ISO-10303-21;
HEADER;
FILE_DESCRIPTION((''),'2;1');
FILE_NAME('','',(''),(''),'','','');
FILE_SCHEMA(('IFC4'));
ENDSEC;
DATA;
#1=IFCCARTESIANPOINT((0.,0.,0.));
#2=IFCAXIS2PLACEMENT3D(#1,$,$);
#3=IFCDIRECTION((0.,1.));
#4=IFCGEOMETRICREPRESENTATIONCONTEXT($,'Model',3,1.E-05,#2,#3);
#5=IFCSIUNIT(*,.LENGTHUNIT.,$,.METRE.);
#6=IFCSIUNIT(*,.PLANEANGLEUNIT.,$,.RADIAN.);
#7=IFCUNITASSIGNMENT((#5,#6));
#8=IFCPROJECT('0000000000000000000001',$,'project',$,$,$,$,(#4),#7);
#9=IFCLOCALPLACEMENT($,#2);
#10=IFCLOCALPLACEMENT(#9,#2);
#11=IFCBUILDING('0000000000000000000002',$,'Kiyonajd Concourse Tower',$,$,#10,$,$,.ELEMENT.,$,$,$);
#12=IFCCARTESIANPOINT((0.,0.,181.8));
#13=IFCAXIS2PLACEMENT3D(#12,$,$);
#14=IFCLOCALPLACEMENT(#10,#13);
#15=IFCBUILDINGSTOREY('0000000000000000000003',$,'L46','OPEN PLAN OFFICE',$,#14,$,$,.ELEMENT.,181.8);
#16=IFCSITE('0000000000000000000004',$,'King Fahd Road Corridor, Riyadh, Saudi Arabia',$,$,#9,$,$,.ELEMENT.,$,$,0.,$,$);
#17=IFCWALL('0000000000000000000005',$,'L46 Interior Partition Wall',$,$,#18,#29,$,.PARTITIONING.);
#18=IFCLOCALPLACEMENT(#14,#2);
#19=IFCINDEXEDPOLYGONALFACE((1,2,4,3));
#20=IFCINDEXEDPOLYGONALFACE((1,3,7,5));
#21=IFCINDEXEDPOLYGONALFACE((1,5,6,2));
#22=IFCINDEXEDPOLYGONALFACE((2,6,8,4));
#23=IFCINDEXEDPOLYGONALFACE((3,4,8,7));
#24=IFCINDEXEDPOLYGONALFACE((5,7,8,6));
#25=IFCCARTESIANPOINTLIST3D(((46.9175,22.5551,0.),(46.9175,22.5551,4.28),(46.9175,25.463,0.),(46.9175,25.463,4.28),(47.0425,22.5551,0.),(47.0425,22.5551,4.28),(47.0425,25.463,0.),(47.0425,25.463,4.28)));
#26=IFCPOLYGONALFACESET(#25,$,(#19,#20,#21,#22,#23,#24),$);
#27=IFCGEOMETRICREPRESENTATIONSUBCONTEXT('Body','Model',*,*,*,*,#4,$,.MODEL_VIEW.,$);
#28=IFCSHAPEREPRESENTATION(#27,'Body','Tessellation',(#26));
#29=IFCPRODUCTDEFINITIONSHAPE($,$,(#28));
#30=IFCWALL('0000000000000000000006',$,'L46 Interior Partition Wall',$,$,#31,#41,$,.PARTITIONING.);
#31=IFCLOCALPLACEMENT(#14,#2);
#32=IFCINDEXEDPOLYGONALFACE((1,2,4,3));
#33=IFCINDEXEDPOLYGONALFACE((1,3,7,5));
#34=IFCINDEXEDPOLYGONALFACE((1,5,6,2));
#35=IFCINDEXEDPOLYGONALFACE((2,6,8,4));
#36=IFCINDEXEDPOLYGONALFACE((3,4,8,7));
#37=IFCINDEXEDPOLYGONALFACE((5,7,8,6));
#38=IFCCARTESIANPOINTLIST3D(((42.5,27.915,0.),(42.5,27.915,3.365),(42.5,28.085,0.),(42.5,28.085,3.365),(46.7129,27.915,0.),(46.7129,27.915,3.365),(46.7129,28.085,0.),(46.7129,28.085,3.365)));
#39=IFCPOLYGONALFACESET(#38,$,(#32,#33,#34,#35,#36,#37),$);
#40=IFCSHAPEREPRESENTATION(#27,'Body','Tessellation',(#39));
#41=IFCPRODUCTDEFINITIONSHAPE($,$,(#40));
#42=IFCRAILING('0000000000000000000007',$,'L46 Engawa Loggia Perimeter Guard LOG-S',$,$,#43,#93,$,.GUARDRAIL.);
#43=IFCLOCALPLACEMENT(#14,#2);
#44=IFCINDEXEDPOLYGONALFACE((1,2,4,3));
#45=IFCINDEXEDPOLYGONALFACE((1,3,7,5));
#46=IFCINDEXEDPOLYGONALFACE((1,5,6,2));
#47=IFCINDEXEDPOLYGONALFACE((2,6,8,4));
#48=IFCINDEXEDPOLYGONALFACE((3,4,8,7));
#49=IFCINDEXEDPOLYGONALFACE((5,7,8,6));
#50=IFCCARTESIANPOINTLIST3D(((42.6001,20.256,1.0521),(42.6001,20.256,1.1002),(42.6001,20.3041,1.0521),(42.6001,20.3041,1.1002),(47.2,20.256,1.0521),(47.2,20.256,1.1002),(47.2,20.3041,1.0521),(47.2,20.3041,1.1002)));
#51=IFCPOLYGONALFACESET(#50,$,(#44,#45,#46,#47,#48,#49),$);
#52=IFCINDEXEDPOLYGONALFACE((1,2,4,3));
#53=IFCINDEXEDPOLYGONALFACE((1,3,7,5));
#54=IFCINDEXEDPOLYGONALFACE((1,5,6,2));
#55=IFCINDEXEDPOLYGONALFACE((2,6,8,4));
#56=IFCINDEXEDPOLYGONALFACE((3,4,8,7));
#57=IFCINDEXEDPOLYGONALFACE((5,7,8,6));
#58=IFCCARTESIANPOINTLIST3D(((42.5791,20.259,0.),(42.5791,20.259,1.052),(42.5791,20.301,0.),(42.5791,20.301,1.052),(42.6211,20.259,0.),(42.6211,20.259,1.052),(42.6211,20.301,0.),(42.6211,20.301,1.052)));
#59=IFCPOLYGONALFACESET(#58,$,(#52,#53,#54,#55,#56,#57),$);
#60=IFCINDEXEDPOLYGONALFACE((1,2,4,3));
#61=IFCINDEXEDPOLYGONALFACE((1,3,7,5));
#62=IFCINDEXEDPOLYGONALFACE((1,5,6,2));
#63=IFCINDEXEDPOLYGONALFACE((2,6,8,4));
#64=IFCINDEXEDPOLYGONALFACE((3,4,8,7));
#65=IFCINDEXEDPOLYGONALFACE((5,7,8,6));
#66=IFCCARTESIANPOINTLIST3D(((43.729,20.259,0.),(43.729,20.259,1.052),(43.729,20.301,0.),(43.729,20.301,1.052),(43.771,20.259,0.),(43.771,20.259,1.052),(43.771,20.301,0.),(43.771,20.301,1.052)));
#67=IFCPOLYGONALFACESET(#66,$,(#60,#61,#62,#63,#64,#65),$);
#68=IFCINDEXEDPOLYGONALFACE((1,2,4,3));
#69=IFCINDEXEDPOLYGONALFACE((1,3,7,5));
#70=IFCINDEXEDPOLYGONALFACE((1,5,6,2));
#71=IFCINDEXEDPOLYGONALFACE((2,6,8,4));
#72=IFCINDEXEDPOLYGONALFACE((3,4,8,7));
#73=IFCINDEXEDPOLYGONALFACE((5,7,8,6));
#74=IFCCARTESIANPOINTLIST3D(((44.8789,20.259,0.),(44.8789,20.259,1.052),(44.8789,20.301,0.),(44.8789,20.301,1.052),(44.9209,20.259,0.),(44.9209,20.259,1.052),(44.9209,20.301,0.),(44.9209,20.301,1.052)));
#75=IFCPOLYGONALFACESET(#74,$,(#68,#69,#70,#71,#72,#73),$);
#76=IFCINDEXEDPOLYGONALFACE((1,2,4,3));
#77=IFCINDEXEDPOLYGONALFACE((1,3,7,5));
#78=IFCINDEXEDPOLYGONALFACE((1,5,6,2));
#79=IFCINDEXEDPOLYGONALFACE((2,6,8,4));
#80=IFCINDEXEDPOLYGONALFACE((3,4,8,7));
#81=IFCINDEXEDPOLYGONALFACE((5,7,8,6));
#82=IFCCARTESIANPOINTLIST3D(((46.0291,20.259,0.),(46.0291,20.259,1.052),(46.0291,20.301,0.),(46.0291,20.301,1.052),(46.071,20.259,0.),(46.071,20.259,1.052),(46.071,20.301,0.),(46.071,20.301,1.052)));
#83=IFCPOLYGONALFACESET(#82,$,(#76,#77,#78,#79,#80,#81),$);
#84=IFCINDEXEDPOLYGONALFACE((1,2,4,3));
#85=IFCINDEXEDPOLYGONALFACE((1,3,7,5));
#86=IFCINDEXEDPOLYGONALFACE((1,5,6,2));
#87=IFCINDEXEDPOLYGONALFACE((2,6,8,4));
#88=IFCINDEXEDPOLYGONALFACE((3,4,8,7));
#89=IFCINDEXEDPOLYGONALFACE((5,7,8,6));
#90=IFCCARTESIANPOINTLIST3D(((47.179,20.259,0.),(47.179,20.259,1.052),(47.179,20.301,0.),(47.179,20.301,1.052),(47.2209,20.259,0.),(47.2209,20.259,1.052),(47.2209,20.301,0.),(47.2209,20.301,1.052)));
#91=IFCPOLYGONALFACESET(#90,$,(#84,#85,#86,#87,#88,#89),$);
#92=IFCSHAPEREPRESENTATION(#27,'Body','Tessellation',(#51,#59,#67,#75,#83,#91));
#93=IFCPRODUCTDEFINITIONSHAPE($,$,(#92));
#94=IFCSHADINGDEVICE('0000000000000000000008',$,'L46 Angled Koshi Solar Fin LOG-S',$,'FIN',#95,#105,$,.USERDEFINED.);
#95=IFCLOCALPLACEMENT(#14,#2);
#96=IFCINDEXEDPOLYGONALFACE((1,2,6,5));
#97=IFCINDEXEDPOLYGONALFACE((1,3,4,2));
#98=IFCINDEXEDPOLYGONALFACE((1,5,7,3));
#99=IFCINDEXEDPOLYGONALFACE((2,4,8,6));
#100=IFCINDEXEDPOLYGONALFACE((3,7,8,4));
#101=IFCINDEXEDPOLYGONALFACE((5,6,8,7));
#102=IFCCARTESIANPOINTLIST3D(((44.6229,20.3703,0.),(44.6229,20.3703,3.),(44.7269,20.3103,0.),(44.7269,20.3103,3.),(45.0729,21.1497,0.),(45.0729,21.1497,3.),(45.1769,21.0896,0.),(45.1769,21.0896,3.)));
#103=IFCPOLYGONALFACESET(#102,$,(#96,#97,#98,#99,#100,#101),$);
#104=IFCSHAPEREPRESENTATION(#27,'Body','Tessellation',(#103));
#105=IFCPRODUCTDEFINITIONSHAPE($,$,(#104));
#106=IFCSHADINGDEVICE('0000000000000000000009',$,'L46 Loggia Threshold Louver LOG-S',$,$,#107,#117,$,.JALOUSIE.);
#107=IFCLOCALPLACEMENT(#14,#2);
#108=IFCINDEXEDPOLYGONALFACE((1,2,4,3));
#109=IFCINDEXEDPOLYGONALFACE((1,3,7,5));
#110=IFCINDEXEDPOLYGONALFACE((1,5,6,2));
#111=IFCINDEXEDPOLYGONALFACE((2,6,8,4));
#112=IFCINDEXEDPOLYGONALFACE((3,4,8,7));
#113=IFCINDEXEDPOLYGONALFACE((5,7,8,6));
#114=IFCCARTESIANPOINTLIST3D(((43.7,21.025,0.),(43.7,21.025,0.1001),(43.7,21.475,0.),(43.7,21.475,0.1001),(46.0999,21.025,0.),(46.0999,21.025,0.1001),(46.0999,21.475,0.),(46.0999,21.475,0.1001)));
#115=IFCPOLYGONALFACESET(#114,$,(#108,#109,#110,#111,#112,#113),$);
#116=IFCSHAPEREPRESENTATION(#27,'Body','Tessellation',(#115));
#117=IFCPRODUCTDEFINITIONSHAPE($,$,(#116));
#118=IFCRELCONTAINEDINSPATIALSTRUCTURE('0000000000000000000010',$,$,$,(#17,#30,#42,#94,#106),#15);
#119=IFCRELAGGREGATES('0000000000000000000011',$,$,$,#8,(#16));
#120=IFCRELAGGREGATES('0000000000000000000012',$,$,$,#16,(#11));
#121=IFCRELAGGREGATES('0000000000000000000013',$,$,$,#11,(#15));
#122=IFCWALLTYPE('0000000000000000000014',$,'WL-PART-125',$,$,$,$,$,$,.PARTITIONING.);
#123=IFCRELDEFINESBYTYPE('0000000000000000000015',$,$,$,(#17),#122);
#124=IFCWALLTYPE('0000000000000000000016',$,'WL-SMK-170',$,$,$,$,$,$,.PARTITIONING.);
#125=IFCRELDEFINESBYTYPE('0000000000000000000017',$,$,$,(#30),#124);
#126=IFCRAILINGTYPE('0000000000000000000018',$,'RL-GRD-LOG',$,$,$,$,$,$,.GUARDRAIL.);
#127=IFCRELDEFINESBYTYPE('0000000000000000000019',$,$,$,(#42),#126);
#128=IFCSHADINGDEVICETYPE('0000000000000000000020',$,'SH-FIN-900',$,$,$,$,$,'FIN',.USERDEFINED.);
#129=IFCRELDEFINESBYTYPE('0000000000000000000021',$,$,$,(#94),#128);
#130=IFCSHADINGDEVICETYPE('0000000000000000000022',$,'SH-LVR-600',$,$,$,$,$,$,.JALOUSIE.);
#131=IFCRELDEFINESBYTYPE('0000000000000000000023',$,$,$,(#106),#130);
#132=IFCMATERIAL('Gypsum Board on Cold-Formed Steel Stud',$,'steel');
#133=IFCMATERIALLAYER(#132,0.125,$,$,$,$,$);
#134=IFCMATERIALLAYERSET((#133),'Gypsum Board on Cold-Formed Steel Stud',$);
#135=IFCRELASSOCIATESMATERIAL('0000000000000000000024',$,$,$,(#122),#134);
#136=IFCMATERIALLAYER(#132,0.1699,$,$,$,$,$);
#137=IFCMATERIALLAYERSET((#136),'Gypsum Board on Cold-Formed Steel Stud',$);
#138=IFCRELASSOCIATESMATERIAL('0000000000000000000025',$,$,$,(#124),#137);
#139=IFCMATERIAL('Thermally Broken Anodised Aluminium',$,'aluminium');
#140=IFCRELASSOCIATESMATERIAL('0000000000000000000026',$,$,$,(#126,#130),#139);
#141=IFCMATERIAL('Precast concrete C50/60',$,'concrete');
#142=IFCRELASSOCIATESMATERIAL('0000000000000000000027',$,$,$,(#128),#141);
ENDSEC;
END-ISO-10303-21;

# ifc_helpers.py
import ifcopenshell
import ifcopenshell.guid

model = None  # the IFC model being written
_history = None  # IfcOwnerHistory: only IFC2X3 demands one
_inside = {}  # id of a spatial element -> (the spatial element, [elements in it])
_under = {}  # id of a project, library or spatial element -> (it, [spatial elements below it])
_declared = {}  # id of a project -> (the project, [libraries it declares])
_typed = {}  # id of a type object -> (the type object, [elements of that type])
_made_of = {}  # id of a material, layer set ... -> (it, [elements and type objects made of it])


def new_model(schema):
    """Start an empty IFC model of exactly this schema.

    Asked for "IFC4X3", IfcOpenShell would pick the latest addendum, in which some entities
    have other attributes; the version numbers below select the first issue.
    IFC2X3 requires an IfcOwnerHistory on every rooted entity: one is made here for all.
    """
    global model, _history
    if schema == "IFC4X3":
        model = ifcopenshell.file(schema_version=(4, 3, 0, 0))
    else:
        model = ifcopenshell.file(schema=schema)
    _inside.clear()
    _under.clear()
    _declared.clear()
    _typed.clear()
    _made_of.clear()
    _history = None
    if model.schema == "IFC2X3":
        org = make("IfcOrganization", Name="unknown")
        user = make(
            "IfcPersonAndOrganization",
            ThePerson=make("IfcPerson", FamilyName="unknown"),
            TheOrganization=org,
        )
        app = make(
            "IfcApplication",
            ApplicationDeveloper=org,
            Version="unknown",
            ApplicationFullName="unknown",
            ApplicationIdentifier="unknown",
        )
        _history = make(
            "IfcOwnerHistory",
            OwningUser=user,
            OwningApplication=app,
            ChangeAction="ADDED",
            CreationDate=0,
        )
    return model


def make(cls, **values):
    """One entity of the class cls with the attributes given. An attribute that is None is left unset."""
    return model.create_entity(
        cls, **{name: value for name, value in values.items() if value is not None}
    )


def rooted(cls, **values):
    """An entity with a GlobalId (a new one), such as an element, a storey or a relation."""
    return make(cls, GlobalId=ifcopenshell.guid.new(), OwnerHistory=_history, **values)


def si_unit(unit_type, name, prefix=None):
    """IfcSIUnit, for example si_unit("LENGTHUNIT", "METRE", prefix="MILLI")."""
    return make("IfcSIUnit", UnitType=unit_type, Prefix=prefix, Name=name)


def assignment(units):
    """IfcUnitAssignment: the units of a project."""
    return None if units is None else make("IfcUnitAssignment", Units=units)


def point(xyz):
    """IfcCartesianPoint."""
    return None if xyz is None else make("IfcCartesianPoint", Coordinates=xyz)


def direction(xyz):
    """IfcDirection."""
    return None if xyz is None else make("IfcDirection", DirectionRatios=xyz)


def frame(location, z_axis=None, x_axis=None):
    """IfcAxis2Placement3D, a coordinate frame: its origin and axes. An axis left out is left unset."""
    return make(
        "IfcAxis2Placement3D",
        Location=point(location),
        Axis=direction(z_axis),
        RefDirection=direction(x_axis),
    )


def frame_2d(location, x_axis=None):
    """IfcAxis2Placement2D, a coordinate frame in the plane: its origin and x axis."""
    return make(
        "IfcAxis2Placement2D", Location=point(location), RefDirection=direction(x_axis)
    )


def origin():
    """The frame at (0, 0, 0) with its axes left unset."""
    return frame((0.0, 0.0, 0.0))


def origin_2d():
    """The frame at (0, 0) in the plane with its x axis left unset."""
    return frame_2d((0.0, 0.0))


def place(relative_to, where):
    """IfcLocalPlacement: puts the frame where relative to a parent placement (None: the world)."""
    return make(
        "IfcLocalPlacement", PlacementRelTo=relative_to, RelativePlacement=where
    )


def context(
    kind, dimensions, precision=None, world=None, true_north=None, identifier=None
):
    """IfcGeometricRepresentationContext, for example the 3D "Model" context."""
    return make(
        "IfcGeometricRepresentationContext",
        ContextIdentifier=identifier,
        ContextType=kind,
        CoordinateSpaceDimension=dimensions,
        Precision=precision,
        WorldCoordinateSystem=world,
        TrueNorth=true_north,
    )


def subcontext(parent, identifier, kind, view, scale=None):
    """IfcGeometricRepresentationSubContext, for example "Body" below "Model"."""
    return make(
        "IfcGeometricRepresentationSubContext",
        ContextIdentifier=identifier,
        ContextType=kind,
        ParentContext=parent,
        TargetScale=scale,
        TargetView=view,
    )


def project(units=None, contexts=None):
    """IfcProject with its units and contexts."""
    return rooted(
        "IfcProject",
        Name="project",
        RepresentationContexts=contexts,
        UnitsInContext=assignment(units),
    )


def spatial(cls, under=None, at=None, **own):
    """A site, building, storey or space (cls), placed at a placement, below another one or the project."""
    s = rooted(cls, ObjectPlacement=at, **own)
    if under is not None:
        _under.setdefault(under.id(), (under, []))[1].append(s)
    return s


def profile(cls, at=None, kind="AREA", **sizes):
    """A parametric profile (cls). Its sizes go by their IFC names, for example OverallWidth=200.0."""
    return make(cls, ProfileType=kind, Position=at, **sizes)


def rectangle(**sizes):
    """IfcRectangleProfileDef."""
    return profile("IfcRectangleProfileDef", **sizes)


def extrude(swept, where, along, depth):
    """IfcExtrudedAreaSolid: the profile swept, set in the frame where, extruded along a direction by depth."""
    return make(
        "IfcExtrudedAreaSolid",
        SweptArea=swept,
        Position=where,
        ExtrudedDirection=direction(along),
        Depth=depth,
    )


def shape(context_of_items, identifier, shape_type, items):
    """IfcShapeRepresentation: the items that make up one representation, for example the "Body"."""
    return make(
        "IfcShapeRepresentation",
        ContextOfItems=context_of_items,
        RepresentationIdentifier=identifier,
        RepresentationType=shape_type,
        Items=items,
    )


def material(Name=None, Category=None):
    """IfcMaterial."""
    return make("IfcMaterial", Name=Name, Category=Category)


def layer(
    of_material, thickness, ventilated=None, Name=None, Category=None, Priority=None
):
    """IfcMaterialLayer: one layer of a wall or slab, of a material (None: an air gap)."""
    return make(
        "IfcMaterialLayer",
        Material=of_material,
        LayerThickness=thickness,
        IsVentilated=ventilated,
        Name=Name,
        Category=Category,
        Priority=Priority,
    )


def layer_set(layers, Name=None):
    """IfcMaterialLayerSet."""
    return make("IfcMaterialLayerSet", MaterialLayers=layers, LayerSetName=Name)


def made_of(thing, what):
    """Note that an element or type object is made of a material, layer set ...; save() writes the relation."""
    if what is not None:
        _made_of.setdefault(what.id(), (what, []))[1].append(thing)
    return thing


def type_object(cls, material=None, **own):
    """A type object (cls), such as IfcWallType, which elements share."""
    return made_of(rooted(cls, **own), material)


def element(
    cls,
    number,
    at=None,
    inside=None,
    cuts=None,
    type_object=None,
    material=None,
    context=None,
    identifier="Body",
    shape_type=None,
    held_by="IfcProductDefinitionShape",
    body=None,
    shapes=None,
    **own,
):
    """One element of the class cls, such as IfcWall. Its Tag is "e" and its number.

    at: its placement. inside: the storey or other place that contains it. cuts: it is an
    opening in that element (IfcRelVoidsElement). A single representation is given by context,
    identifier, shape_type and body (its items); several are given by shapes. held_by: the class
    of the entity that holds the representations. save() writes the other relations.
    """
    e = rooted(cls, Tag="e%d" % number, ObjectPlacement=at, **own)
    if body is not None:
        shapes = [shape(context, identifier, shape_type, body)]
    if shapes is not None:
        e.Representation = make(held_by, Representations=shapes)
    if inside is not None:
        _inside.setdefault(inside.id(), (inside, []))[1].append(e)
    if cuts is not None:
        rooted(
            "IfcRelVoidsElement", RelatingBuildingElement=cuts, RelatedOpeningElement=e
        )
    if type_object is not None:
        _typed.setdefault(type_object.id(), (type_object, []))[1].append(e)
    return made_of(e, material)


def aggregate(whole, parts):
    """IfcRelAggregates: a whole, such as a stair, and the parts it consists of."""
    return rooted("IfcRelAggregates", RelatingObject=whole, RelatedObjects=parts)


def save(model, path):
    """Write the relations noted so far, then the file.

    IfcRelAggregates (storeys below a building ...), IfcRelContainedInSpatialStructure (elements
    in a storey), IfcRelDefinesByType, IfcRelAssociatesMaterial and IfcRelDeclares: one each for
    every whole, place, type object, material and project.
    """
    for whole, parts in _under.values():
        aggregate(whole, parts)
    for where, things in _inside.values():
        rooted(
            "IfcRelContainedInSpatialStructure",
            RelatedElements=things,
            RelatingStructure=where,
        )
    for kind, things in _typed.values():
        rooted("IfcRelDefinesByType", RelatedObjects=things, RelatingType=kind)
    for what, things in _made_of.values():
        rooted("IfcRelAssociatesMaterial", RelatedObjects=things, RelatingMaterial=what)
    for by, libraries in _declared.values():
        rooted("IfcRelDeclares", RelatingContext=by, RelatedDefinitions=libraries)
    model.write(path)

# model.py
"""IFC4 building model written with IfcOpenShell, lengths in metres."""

from ifc_helpers import new_model, si_unit, direction, frame, frame_2d, origin, origin_2d, place, context, subcontext, project, spatial, rectangle, extrude, material, layer, layer_set, type_object, element, save


model = new_model("IFC4")

# Units and contexts
model_context = context("Model", 3, precision=1e-05, world=origin(), true_north=direction((0.0, 1.0)))
body_context = subcontext(model_context, "Body", "Model", "MODEL_VIEW")
ifc_project = project(units=[si_unit("LENGTHUNIT", "METRE"), si_unit("PLANEANGLEUNIT", "RADIAN")], contexts=[model_context])

# Site, building, storey
site_placement = place(None, origin())
site = spatial("IfcSite", under=ifc_project, at=site_placement, Name="King Fahd Road Corridor, Riyadh, Saudi Arabia", CompositionType="ELEMENT", RefElevation=0.0)
building_placement = place(site_placement, origin())
building = spatial("IfcBuilding", under=site, at=building_placement, Name="Kiyonajd Concourse Tower", CompositionType="ELEMENT")
storey_placement = place(building_placement, frame((0.0, 0.0, 181.8)))
storey = spatial("IfcBuildingStorey", under=building, at=storey_placement, Name="L46", Description="OPEN PLAN OFFICE", CompositionType="ELEMENT", Elevation=181.8)

# Shared definitions
ifc_material_1 = material(Name="Thermally Broken Anodised Aluminium", Category="aluminium")

# Shared definitions
ifc_material_2 = material(Name="Precast concrete C50/60", Category="concrete")

# Walls
ifc_material_3 = material(Name="Gypsum Board on Cold-Formed Steel Stud", Category="steel")
ifc_layer_1 = layer(ifc_material_3, 0.125)
ifc_layer_set_1 = layer_set([ifc_layer_1], Name="Gypsum Board on Cold-Formed Steel Stud")
wall_type_1 = type_object("IfcWallType", Name="WL-PART-125", PredefinedType="PARTITIONING", material=ifc_layer_set_1)
wall_1_placement = place(storey_placement, frame((46.98, 22.5549, 0.0), z_axis=(0.0, 0.0, 1.0), x_axis=(0.0, 1.0, 0.0)))
element("IfcWall", 1, at=wall_1_placement, inside=storey, type_object=wall_type_1, Name="L46 Interior Partition Wall", PredefinedType="PARTITIONING", context=body_context, shape_type="SweptSolid", body=[
    extrude(rectangle(XDim=2.908, YDim=0.125, at=frame_2d((1.4541, 0.0))), origin(), (0.0, 0.0, 1.0), 4.28),
])
ifc_layer_2 = layer(ifc_material_3, 0.1699)
ifc_layer_set_2 = layer_set([ifc_layer_2], Name="Gypsum Board on Cold-Formed Steel Stud")
wall_type_2 = type_object("IfcWallType", Name="WL-SMK-170", PredefinedType="PARTITIONING", material=ifc_layer_set_2)
wall_2_placement = place(storey_placement, frame((42.5, 28.0, 0.0), z_axis=(0.0, 0.0, 1.0), x_axis=(1.0, 0.0, 0.0)))
element("IfcWall", 2, at=wall_2_placement, inside=storey, type_object=wall_type_2, Name="L46 Interior Partition Wall", PredefinedType="PARTITIONING", context=body_context, shape_type="SweptSolid", body=[
    extrude(rectangle(XDim=4.2129, YDim=0.1699, at=frame_2d((2.1064, 0.0))), origin(), (0.0, 0.0, 1.0), 3.365),
])

# Railing
railing_type = type_object("IfcRailingType", Name="RL-GRD-LOG", PredefinedType="GUARDRAIL", material=ifc_material_1)
railing_placement = place(storey_placement, frame((42.6001, 20.28, 0.0)))
element("IfcRailing", 3, at=railing_placement, inside=storey, type_object=railing_type, Name="L46 Engawa Loggia Perimeter Guard LOG-S", PredefinedType="GUARDRAIL", context=body_context, shape_type="SweptSolid", body=[
    extrude(rectangle(XDim=0.0481, YDim=0.0481, at=origin_2d()), frame((0.0, 0.0, 1.0762), z_axis=(1.0, 0.0, 0.0), x_axis=(0.0, 1.0, 0.0)), (0.0, 0.0, 1.0), 4.5999),
    extrude(rectangle(XDim=0.042, YDim=0.042, at=origin_2d()), origin(), (0.0, 0.0, 1.0), 1.052),
    extrude(rectangle(XDim=0.042, YDim=0.042, at=origin_2d()), frame((1.1499, 0.0, 0.0)), (0.0, 0.0, 1.0), 1.052),
    extrude(rectangle(XDim=0.042, YDim=0.042, at=origin_2d()), frame((2.2998, 0.0, 0.0)), (0.0, 0.0, 1.0), 1.052),
    extrude(rectangle(XDim=0.042, YDim=0.042, at=origin_2d()), frame((3.45, 0.0, 0.0)), (0.0, 0.0, 1.0), 1.052),
    extrude(rectangle(XDim=0.042, YDim=0.042, at=origin_2d()), frame((4.5999, 0.0, 0.0)), (0.0, 0.0, 1.0), 1.052),
])

# Shading devices
shading_device_type_1 = type_object("IfcShadingDeviceType", Name="SH-FIN-900", ElementType="FIN", PredefinedType="USERDEFINED", material=ifc_material_2)
shading_device_1_placement = place(storey_placement, frame((44.8999, 20.73, 0.0), z_axis=(0.0, 0.0, 1.0), x_axis=(0.5, 0.866025, 0.0)))
element("IfcShadingDevice", 4, at=shading_device_1_placement, inside=storey, type_object=shading_device_type_1, Name="L46 Angled Koshi Solar Fin LOG-S", ObjectType="FIN", PredefinedType="USERDEFINED", context=body_context, shape_type="SweptSolid", body=[
    extrude(rectangle(XDim=0.8999, YDim=0.1201, at=origin_2d()), origin(), (0.0, 0.0, 1.0), 3.0),
])
shading_device_type_2 = type_object("IfcShadingDeviceType", Name="SH-LVR-600", PredefinedType="JALOUSIE", material=ifc_material_1)
shading_device_2_placement = place(storey_placement, frame((44.8999, 21.25, 0.0), z_axis=(0.0, 0.0, 1.0), x_axis=(1.0, 0.0, 0.0)))
element("IfcShadingDevice", 5, at=shading_device_2_placement, inside=storey, type_object=shading_device_type_2, Name="L46 Loggia Threshold Louver LOG-S", PredefinedType="JALOUSIE", context=body_context, shape_type="SweptSolid", body=[
    extrude(rectangle(XDim=2.3999, YDim=0.45, at=origin_2d()), origin(), (0.0, 0.0, 1.0), 0.1001),
])

save(model, "model.ifc")
